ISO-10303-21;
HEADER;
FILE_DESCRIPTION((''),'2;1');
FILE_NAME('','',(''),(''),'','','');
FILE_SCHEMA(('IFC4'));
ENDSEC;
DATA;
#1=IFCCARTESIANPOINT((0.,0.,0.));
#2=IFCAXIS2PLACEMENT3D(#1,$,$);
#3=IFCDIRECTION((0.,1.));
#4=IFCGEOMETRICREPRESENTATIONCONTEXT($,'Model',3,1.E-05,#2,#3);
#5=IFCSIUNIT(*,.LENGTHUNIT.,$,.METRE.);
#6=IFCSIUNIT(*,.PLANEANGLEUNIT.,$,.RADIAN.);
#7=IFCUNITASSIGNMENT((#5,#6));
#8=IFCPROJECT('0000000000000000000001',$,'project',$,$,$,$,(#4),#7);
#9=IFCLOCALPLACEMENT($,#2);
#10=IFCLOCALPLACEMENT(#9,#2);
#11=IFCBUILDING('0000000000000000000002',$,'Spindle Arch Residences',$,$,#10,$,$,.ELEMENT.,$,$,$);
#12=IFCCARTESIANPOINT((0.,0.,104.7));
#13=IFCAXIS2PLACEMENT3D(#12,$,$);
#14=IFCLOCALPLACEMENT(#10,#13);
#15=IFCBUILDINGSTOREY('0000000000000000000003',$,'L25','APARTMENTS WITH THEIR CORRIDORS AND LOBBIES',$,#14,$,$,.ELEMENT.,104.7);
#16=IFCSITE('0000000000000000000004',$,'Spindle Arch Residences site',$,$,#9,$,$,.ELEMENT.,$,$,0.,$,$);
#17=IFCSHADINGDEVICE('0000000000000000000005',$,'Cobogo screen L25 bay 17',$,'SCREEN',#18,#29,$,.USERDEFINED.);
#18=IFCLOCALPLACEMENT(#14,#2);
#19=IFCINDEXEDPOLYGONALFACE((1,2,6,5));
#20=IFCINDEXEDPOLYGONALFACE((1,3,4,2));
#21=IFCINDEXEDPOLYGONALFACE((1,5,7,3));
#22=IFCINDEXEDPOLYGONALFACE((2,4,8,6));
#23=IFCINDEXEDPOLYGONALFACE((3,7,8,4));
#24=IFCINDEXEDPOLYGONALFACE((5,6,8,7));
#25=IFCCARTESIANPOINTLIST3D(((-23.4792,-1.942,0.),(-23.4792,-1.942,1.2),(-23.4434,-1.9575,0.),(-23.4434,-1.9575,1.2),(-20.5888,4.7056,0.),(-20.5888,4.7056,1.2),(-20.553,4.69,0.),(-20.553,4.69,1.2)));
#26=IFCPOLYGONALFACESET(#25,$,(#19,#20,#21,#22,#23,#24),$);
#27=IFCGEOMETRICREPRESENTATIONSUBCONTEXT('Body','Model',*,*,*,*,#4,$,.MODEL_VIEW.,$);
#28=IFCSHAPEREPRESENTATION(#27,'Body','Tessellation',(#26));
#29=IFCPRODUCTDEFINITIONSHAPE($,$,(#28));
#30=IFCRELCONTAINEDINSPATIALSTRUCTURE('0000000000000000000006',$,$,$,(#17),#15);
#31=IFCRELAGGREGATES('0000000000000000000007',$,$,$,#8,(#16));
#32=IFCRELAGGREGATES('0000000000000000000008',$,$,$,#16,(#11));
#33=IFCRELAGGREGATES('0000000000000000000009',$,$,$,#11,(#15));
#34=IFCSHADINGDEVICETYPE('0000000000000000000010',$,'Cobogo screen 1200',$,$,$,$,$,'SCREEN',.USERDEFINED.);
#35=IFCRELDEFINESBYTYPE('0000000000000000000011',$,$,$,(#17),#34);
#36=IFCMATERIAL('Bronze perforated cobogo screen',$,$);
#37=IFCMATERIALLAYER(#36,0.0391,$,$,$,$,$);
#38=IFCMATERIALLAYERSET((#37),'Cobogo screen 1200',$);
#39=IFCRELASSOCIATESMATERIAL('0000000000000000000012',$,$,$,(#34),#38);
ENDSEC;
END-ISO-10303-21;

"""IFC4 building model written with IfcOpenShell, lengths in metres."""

from ifc_helpers import new_model, si_unit, direction, frame, origin, origin_2d, place, context, subcontext, project, spatial, rectangle, extrude, material, layer, layer_set, type_object, element, save


model = new_model("IFC4")

# Units and contexts
model_context = context("Model", 3, precision=1e-05, world=origin(), true_north=direction((0.0, 1.0)))
body_context = subcontext(model_context, "Body", "Model", "MODEL_VIEW")
ifc_project = project(units=[si_unit("LENGTHUNIT", "METRE"), si_unit("PLANEANGLEUNIT", "RADIAN")], contexts=[model_context])

# Site, building, storey
site_placement = place(None, origin())
site = spatial("IfcSite", under=ifc_project, at=site_placement, Name="Spindle Arch Residences site", CompositionType="ELEMENT", RefElevation=0.0)
building_placement = place(site_placement, origin())
building = spatial("IfcBuilding", under=site, at=building_placement, Name="Spindle Arch Residences", CompositionType="ELEMENT")
storey_placement = place(building_placement, frame((0.0, 0.0, 104.7)))
storey = spatial("IfcBuildingStorey", under=building, at=storey_placement, Name="L25", Description="APARTMENTS WITH THEIR CORRIDORS AND LOBBIES", CompositionType="ELEMENT", Elevation=104.7)

# Shading device
ifc_material_1 = material(Name="Bronze perforated cobogo screen")
ifc_layer_1 = layer(ifc_material_1, 0.0391)
ifc_layer_set_1 = layer_set([ifc_layer_1], Name="Cobogo screen 1200")
shading_device_type = type_object("IfcShadingDeviceType", Name="Cobogo screen 1200", ElementType="SCREEN", PredefinedType="USERDEFINED", material=ifc_layer_set_1)
shading_device_placement = place(storey_placement, frame((-22.0161, 1.374, 0.0), z_axis=(0.0, 0.0, 1.0), x_axis=(-0.398749, -0.91706, 0.0)))
element("IfcShadingDevice", 1, at=shading_device_placement, inside=storey, type_object=shading_device_type, Name="Cobogo screen L25 bay 17", ObjectType="SCREEN", PredefinedType="USERDEFINED", context=body_context, shape_type="SweptSolid", body=[
    extrude(rectangle(XDim=7.2488, YDim=0.0391, at=origin_2d()), origin(), (0.0, 0.0, 1.0), 1.2),
])

save(model, "model.ifc")
